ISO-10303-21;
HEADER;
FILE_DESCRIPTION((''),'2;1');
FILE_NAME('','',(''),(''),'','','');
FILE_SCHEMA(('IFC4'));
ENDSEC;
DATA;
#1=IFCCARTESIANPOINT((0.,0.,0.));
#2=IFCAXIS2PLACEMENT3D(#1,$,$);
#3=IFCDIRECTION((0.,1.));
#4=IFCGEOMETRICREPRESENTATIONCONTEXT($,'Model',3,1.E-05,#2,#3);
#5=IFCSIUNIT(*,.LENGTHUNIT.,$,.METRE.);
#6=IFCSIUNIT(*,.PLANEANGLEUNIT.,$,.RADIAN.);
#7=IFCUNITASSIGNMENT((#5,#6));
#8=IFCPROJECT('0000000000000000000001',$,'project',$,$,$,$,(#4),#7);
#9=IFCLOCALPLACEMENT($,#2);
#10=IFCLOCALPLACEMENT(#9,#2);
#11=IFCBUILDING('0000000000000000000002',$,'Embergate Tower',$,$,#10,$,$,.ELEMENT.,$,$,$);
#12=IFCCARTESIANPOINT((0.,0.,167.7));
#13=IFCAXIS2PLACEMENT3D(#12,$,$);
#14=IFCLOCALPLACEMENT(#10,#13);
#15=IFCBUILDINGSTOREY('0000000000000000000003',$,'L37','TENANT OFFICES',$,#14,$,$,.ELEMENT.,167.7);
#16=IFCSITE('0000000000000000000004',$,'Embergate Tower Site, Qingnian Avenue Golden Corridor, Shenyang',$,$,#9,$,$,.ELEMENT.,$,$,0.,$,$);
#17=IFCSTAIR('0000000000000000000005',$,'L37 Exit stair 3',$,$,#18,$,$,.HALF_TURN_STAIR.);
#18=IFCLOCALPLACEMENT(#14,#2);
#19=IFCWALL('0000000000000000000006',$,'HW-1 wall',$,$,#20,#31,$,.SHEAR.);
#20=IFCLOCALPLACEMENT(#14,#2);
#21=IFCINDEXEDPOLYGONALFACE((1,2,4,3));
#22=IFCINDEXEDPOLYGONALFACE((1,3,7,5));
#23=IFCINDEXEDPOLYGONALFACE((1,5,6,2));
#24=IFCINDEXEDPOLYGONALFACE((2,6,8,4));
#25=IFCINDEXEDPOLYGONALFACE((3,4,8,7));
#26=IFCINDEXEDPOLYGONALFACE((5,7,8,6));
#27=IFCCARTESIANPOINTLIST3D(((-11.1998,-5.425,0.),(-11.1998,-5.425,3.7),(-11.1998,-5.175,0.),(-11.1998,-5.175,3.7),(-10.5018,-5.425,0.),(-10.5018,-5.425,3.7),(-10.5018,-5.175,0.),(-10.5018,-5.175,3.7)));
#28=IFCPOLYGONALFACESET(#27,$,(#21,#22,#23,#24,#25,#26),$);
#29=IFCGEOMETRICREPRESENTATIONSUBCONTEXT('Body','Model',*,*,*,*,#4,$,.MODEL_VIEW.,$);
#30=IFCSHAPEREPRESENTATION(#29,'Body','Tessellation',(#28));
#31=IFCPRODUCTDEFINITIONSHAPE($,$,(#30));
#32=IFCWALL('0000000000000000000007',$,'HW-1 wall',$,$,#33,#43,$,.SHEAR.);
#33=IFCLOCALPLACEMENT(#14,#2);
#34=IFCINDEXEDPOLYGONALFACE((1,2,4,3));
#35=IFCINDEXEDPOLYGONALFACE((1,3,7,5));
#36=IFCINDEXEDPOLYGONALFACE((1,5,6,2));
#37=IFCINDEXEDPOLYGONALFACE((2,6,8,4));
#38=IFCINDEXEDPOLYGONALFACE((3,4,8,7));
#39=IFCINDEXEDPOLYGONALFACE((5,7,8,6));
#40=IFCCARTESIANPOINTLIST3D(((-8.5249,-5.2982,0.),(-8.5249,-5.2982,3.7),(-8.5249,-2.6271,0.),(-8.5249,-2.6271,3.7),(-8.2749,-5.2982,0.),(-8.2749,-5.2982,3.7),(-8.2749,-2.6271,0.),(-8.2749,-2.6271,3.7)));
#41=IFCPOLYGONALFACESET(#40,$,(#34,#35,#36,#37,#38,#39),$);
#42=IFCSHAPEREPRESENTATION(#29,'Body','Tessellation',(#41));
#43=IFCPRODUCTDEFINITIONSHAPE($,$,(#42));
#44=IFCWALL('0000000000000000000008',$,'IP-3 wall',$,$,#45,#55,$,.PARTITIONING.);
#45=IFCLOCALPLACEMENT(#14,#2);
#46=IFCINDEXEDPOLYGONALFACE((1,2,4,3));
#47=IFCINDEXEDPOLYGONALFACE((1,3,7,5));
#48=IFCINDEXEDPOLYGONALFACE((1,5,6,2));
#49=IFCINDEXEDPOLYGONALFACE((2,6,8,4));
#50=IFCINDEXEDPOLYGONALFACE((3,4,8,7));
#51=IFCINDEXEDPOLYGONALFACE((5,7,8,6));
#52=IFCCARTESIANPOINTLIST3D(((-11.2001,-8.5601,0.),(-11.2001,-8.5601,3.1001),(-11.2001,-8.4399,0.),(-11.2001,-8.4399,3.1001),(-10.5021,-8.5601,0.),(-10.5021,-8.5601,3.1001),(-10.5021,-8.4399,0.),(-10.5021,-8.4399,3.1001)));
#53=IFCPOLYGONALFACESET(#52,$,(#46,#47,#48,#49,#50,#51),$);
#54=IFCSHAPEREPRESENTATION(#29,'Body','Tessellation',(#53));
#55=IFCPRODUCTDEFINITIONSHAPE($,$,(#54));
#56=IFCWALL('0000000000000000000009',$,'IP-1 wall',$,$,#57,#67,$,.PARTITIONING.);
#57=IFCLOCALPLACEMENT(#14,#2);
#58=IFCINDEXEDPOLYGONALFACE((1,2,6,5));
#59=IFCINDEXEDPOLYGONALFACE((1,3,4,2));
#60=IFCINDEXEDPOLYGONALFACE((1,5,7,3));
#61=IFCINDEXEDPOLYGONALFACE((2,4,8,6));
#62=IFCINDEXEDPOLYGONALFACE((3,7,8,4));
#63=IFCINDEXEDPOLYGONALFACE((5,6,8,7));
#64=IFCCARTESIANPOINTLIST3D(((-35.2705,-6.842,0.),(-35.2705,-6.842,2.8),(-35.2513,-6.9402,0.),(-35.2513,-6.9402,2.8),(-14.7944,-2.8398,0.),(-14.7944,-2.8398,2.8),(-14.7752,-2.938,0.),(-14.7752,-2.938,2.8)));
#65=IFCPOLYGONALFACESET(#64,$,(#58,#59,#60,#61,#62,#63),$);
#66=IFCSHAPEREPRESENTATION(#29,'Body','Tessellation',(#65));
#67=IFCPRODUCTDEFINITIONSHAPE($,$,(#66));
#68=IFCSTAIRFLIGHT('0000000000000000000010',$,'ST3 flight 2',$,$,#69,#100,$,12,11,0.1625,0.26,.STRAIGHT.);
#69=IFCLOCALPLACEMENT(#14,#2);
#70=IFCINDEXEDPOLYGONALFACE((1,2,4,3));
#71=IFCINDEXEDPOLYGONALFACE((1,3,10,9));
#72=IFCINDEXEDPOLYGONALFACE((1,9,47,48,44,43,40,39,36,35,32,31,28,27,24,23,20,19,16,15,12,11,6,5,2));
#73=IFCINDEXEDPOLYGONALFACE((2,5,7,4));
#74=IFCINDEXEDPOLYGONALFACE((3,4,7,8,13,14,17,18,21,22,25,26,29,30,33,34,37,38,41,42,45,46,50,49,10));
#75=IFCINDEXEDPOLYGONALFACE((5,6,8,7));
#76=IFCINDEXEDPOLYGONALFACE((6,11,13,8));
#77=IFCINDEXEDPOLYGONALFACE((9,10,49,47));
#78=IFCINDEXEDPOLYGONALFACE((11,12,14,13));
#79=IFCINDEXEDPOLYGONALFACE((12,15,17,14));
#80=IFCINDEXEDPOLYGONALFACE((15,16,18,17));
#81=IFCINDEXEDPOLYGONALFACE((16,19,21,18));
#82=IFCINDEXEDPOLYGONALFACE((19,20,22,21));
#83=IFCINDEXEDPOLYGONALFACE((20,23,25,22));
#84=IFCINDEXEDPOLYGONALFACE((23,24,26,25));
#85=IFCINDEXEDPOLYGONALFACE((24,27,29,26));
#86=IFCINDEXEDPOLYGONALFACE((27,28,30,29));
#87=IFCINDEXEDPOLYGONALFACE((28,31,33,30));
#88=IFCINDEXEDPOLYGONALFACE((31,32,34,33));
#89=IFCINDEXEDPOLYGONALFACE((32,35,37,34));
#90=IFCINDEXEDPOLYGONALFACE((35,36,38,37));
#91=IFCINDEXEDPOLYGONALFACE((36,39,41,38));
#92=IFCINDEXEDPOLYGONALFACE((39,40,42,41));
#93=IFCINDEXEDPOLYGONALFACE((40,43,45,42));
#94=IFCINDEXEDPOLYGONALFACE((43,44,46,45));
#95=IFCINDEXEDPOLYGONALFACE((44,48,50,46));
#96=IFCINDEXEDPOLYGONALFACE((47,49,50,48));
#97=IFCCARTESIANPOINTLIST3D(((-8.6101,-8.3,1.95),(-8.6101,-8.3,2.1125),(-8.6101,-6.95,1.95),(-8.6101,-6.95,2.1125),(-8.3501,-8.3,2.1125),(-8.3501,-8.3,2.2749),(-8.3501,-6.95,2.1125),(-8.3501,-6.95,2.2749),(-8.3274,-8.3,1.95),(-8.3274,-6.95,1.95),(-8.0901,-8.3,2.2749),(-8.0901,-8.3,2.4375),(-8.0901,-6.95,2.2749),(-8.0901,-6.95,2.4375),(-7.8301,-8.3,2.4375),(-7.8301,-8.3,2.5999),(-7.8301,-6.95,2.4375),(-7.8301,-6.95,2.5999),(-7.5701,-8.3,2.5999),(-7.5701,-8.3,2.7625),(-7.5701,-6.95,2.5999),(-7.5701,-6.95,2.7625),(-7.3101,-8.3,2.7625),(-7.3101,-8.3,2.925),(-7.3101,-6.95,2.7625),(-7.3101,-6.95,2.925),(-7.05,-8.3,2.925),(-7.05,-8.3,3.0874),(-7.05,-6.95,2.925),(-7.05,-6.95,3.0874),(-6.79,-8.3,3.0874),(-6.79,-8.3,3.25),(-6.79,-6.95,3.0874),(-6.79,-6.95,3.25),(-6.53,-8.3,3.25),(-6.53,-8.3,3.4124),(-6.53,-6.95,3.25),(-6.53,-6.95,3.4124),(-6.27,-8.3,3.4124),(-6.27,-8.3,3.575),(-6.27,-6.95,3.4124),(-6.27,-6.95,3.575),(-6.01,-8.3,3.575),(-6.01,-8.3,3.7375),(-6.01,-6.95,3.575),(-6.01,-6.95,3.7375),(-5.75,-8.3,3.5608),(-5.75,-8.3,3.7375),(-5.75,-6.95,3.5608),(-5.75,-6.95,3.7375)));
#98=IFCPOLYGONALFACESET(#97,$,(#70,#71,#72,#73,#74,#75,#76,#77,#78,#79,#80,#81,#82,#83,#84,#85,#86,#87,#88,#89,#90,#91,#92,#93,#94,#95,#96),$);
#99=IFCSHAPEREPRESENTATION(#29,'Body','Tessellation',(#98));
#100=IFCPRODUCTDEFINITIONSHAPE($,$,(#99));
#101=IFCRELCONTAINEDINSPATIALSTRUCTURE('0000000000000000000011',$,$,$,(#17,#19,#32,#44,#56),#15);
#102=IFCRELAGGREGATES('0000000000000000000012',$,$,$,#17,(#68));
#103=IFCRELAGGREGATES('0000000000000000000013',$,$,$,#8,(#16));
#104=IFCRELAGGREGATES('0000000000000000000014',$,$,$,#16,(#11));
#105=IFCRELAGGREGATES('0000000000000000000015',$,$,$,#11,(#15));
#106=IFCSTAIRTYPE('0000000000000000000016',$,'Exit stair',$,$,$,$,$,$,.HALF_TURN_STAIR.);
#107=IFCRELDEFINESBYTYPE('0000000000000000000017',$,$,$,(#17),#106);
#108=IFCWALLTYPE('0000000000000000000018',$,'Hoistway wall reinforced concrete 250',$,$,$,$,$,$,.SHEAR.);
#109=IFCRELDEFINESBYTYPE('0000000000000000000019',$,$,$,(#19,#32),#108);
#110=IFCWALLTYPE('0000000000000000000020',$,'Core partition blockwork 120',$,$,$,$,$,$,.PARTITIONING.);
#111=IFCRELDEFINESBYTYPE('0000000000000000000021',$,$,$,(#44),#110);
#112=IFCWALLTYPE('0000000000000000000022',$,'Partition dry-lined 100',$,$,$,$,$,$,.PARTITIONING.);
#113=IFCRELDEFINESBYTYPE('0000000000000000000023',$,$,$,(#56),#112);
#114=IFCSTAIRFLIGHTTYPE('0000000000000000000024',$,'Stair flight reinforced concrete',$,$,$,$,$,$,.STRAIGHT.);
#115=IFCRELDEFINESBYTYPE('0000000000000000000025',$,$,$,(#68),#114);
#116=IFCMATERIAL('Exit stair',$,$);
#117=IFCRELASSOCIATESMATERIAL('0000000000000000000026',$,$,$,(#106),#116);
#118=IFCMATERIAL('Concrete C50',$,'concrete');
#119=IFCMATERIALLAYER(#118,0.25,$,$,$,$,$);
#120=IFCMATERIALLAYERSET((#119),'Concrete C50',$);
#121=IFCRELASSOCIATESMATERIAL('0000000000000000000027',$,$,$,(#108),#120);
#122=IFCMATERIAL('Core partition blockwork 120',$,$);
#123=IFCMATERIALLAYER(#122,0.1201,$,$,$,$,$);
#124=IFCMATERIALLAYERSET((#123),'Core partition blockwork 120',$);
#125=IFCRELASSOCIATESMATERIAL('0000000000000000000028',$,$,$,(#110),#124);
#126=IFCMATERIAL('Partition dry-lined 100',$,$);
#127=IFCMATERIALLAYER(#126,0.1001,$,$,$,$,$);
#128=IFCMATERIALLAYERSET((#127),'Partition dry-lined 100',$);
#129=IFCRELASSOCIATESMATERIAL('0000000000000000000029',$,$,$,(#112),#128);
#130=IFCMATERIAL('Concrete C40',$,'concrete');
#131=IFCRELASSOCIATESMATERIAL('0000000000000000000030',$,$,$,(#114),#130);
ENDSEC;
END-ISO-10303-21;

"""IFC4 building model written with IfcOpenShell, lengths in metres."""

from ifc_helpers import new_model, si_unit, direction, frame, frame_2d, origin, place, context, subcontext, project, spatial, polyline, rectangle, outline, extrude, source, transform, mapped, material, layer, layer_set, type_object, element, aggregate, save


model = new_model("IFC4")

# Units and contexts
model_context = context("Model", 3, precision=1e-05, world=origin(), true_north=direction((0.0, 1.0)))
body_context = subcontext(model_context, "Body", "Model", "MODEL_VIEW")
ifc_project = project(units=[si_unit("LENGTHUNIT", "METRE"), si_unit("PLANEANGLEUNIT", "RADIAN")], contexts=[model_context])

# Site, building, storey
site_placement = place(None, origin())
site = spatial("IfcSite", under=ifc_project, at=site_placement, Name="Embergate Tower Site, Qingnian Avenue Golden Corridor, Shenyang", CompositionType="ELEMENT", RefElevation=0.0)
building_placement = place(site_placement, origin())
building = spatial("IfcBuilding", under=site, at=building_placement, Name="Embergate Tower", CompositionType="ELEMENT")
storey_placement = place(building_placement, frame((0.0, 0.0, 167.7)))
storey = spatial("IfcBuildingStorey", under=building, at=storey_placement, Name="L37", Description="TENANT OFFICES", CompositionType="ELEMENT", Elevation=167.7)

# Stair
ifc_material_1 = material(Name="Exit stair")
stair_type = type_object("IfcStairType", Name="Exit stair", PredefinedType="HALF_TURN_STAIR", material=ifc_material_1)
stair_placement = place(storey_placement, origin())
stair = element("IfcStair", 1, at=stair_placement, inside=storey, type_object=stair_type, Name="L37 Exit stair 3", PredefinedType="HALF_TURN_STAIR")
ifc_material_2 = material(Name="Concrete C40", Category="concrete")

# Shared definitions
ifc_material_3 = material(Name="Concrete C50", Category="concrete")

# Shared definitions
ifc_layer_1 = layer(ifc_material_3, 0.25)
ifc_layer_set_1 = layer_set([ifc_layer_1], Name="Concrete C50")
wall_type_1 = type_object("IfcWallType", Name="Hoistway wall reinforced concrete 250", PredefinedType="SHEAR", material=ifc_layer_set_1)

# Walls
shared_shape_1 = source(origin(), body_context, "Body", "SweptSolid", [
    extrude(rectangle(XDim=0.698, YDim=0.25, at=frame_2d((0.3491, 0.0))), origin(), (0.0, 0.0, 1.0), 3.7),
])
wall_1_placement = place(storey_placement, frame((-11.2, -5.3, 0.0), z_axis=(0.0, 0.0, 1.0), x_axis=(1.0, 0.0, 0.0)))
element("IfcWall", 2, at=wall_1_placement, inside=storey, type_object=wall_type_1, Name="HW-1 wall", PredefinedType="SHEAR", context=body_context, shape_type="MappedRepresentation", body=[
    mapped(shared_shape_1, transform((0.0, 0.0, 0.0))),
])
shared_shape_2 = source(origin(), body_context, "Body", "SweptSolid", [
    extrude(rectangle(XDim=2.6711, YDim=0.25, at=frame_2d((1.3354, 0.0))), origin(), (0.0, 0.0, 1.0), 3.7),
])
wall_2_placement = place(storey_placement, frame((-8.3999, -5.2981, 0.0), z_axis=(0.0, 0.0, 1.0), x_axis=(0.0, 1.0, 0.0)))
element("IfcWall", 3, at=wall_2_placement, inside=storey, type_object=wall_type_1, Name="HW-1 wall", PredefinedType="SHEAR", context=body_context, shape_type="MappedRepresentation", body=[
    mapped(shared_shape_2, transform((0.0, 0.0, 0.0))),
])
ifc_material_4 = material(Name="Core partition blockwork 120")
ifc_layer_2 = layer(ifc_material_4, 0.1201)
ifc_layer_set_2 = layer_set([ifc_layer_2], Name="Core partition blockwork 120")
wall_type_2 = type_object("IfcWallType", Name="Core partition blockwork 120", PredefinedType="PARTITIONING", material=ifc_layer_set_2)
shared_shape_3 = source(origin(), body_context, "Body", "SweptSolid", [
    extrude(rectangle(XDim=0.698, YDim=0.1201, at=frame_2d((0.3491, 0.0))), origin(), (0.0, 0.0, 1.0), 3.1001),
])
wall_3_placement = place(storey_placement, frame((-10.502, -8.5, 0.0), z_axis=(0.0, 0.0, 1.0), x_axis=(-1.0, 0.0, 0.0)))
element("IfcWall", 4, at=wall_3_placement, inside=storey, type_object=wall_type_2, Name="IP-3 wall", PredefinedType="PARTITIONING", context=body_context, shape_type="MappedRepresentation", body=[
    mapped(shared_shape_3, transform((0.0, 0.0, 0.0))),
])
ifc_material_5 = material(Name="Partition dry-lined 100")
ifc_layer_3 = layer(ifc_material_5, 0.1001)
ifc_layer_set_3 = layer_set([ifc_layer_3], Name="Partition dry-lined 100")
wall_type_3 = type_object("IfcWallType", Name="Partition dry-lined 100", PredefinedType="PARTITIONING", material=ifc_layer_set_3)
shared_shape_4 = source(origin(), body_context, "Body", "SweptSolid", [
    extrude(rectangle(XDim=20.8635, YDim=0.1001, at=frame_2d((10.4316, 0.0))), origin(), (0.0, 0.0, 1.0), 2.8),
])
wall_4_placement = place(storey_placement, frame((-14.7849, -2.8889, 0.0), z_axis=(0.0, 0.0, 1.0), x_axis=(-0.981429, -0.191827, 0.0)))
element("IfcWall", 5, at=wall_4_placement, inside=storey, type_object=wall_type_3, Name="IP-1 wall", PredefinedType="PARTITIONING", context=body_context, shape_type="MappedRepresentation", body=[
    mapped(shared_shape_4, transform((0.0, 0.0, 0.0))),
])

# Stair flight
stair_flight_type = type_object("IfcStairFlightType", Name="Stair flight reinforced concrete", PredefinedType="STRAIGHT", material=ifc_material_2)
shared_shape_5 = source(origin(), body_context, "Body", "SweptSolid", [
    extrude(outline(polyline([(0.0, 0.0), (0.0, 0.1626), (0.26, 0.1626), (0.26, 0.325), (0.52, 0.325), (0.52, 0.4875), (0.78, 0.4875), (0.78, 0.6499), (1.04, 0.6499), (1.04, 0.8125), (1.3, 0.8125), (1.3, 0.9751), (1.5601, 0.9751), (1.5601, 1.1375), (1.8201, 1.1375), (1.8201, 1.3), (2.0801, 1.3), (2.0801, 1.4624), (2.3401, 1.4624), (2.3401, 1.625), (2.6001, 1.625), (2.6001, 1.7876), (2.8601, 1.7876), (2.8601, 1.95), (2.8601, 1.6108), (0.2827, 0.0), (0.0, 0.0)])), frame((0.0, 0.675, 0.0), z_axis=(0.0, -1.0, 0.0), x_axis=(1.0, 0.0, 0.0)), (0.0, 0.0, 1.0), 1.3501),
])
stair_flight_placement = place(storey_placement, frame((-8.6101, -7.625, 1.95), z_axis=(0.0, 0.0, 1.0), x_axis=(1.0, 0.0, 0.0)))
stair_flight = element("IfcStairFlight", 6, at=stair_flight_placement, type_object=stair_flight_type, Name="ST3 flight 2", NumberOfRisers=12, NumberOfTreads=11, PredefinedType="STRAIGHT", RiserHeight=0.1625, TreadLength=0.26, context=body_context, shape_type="MappedRepresentation", body=[
    mapped(shared_shape_5, transform((0.0, 0.0, 0.0))),
])
aggregate(stair, [stair_flight])

save(model, "model.ifc")
